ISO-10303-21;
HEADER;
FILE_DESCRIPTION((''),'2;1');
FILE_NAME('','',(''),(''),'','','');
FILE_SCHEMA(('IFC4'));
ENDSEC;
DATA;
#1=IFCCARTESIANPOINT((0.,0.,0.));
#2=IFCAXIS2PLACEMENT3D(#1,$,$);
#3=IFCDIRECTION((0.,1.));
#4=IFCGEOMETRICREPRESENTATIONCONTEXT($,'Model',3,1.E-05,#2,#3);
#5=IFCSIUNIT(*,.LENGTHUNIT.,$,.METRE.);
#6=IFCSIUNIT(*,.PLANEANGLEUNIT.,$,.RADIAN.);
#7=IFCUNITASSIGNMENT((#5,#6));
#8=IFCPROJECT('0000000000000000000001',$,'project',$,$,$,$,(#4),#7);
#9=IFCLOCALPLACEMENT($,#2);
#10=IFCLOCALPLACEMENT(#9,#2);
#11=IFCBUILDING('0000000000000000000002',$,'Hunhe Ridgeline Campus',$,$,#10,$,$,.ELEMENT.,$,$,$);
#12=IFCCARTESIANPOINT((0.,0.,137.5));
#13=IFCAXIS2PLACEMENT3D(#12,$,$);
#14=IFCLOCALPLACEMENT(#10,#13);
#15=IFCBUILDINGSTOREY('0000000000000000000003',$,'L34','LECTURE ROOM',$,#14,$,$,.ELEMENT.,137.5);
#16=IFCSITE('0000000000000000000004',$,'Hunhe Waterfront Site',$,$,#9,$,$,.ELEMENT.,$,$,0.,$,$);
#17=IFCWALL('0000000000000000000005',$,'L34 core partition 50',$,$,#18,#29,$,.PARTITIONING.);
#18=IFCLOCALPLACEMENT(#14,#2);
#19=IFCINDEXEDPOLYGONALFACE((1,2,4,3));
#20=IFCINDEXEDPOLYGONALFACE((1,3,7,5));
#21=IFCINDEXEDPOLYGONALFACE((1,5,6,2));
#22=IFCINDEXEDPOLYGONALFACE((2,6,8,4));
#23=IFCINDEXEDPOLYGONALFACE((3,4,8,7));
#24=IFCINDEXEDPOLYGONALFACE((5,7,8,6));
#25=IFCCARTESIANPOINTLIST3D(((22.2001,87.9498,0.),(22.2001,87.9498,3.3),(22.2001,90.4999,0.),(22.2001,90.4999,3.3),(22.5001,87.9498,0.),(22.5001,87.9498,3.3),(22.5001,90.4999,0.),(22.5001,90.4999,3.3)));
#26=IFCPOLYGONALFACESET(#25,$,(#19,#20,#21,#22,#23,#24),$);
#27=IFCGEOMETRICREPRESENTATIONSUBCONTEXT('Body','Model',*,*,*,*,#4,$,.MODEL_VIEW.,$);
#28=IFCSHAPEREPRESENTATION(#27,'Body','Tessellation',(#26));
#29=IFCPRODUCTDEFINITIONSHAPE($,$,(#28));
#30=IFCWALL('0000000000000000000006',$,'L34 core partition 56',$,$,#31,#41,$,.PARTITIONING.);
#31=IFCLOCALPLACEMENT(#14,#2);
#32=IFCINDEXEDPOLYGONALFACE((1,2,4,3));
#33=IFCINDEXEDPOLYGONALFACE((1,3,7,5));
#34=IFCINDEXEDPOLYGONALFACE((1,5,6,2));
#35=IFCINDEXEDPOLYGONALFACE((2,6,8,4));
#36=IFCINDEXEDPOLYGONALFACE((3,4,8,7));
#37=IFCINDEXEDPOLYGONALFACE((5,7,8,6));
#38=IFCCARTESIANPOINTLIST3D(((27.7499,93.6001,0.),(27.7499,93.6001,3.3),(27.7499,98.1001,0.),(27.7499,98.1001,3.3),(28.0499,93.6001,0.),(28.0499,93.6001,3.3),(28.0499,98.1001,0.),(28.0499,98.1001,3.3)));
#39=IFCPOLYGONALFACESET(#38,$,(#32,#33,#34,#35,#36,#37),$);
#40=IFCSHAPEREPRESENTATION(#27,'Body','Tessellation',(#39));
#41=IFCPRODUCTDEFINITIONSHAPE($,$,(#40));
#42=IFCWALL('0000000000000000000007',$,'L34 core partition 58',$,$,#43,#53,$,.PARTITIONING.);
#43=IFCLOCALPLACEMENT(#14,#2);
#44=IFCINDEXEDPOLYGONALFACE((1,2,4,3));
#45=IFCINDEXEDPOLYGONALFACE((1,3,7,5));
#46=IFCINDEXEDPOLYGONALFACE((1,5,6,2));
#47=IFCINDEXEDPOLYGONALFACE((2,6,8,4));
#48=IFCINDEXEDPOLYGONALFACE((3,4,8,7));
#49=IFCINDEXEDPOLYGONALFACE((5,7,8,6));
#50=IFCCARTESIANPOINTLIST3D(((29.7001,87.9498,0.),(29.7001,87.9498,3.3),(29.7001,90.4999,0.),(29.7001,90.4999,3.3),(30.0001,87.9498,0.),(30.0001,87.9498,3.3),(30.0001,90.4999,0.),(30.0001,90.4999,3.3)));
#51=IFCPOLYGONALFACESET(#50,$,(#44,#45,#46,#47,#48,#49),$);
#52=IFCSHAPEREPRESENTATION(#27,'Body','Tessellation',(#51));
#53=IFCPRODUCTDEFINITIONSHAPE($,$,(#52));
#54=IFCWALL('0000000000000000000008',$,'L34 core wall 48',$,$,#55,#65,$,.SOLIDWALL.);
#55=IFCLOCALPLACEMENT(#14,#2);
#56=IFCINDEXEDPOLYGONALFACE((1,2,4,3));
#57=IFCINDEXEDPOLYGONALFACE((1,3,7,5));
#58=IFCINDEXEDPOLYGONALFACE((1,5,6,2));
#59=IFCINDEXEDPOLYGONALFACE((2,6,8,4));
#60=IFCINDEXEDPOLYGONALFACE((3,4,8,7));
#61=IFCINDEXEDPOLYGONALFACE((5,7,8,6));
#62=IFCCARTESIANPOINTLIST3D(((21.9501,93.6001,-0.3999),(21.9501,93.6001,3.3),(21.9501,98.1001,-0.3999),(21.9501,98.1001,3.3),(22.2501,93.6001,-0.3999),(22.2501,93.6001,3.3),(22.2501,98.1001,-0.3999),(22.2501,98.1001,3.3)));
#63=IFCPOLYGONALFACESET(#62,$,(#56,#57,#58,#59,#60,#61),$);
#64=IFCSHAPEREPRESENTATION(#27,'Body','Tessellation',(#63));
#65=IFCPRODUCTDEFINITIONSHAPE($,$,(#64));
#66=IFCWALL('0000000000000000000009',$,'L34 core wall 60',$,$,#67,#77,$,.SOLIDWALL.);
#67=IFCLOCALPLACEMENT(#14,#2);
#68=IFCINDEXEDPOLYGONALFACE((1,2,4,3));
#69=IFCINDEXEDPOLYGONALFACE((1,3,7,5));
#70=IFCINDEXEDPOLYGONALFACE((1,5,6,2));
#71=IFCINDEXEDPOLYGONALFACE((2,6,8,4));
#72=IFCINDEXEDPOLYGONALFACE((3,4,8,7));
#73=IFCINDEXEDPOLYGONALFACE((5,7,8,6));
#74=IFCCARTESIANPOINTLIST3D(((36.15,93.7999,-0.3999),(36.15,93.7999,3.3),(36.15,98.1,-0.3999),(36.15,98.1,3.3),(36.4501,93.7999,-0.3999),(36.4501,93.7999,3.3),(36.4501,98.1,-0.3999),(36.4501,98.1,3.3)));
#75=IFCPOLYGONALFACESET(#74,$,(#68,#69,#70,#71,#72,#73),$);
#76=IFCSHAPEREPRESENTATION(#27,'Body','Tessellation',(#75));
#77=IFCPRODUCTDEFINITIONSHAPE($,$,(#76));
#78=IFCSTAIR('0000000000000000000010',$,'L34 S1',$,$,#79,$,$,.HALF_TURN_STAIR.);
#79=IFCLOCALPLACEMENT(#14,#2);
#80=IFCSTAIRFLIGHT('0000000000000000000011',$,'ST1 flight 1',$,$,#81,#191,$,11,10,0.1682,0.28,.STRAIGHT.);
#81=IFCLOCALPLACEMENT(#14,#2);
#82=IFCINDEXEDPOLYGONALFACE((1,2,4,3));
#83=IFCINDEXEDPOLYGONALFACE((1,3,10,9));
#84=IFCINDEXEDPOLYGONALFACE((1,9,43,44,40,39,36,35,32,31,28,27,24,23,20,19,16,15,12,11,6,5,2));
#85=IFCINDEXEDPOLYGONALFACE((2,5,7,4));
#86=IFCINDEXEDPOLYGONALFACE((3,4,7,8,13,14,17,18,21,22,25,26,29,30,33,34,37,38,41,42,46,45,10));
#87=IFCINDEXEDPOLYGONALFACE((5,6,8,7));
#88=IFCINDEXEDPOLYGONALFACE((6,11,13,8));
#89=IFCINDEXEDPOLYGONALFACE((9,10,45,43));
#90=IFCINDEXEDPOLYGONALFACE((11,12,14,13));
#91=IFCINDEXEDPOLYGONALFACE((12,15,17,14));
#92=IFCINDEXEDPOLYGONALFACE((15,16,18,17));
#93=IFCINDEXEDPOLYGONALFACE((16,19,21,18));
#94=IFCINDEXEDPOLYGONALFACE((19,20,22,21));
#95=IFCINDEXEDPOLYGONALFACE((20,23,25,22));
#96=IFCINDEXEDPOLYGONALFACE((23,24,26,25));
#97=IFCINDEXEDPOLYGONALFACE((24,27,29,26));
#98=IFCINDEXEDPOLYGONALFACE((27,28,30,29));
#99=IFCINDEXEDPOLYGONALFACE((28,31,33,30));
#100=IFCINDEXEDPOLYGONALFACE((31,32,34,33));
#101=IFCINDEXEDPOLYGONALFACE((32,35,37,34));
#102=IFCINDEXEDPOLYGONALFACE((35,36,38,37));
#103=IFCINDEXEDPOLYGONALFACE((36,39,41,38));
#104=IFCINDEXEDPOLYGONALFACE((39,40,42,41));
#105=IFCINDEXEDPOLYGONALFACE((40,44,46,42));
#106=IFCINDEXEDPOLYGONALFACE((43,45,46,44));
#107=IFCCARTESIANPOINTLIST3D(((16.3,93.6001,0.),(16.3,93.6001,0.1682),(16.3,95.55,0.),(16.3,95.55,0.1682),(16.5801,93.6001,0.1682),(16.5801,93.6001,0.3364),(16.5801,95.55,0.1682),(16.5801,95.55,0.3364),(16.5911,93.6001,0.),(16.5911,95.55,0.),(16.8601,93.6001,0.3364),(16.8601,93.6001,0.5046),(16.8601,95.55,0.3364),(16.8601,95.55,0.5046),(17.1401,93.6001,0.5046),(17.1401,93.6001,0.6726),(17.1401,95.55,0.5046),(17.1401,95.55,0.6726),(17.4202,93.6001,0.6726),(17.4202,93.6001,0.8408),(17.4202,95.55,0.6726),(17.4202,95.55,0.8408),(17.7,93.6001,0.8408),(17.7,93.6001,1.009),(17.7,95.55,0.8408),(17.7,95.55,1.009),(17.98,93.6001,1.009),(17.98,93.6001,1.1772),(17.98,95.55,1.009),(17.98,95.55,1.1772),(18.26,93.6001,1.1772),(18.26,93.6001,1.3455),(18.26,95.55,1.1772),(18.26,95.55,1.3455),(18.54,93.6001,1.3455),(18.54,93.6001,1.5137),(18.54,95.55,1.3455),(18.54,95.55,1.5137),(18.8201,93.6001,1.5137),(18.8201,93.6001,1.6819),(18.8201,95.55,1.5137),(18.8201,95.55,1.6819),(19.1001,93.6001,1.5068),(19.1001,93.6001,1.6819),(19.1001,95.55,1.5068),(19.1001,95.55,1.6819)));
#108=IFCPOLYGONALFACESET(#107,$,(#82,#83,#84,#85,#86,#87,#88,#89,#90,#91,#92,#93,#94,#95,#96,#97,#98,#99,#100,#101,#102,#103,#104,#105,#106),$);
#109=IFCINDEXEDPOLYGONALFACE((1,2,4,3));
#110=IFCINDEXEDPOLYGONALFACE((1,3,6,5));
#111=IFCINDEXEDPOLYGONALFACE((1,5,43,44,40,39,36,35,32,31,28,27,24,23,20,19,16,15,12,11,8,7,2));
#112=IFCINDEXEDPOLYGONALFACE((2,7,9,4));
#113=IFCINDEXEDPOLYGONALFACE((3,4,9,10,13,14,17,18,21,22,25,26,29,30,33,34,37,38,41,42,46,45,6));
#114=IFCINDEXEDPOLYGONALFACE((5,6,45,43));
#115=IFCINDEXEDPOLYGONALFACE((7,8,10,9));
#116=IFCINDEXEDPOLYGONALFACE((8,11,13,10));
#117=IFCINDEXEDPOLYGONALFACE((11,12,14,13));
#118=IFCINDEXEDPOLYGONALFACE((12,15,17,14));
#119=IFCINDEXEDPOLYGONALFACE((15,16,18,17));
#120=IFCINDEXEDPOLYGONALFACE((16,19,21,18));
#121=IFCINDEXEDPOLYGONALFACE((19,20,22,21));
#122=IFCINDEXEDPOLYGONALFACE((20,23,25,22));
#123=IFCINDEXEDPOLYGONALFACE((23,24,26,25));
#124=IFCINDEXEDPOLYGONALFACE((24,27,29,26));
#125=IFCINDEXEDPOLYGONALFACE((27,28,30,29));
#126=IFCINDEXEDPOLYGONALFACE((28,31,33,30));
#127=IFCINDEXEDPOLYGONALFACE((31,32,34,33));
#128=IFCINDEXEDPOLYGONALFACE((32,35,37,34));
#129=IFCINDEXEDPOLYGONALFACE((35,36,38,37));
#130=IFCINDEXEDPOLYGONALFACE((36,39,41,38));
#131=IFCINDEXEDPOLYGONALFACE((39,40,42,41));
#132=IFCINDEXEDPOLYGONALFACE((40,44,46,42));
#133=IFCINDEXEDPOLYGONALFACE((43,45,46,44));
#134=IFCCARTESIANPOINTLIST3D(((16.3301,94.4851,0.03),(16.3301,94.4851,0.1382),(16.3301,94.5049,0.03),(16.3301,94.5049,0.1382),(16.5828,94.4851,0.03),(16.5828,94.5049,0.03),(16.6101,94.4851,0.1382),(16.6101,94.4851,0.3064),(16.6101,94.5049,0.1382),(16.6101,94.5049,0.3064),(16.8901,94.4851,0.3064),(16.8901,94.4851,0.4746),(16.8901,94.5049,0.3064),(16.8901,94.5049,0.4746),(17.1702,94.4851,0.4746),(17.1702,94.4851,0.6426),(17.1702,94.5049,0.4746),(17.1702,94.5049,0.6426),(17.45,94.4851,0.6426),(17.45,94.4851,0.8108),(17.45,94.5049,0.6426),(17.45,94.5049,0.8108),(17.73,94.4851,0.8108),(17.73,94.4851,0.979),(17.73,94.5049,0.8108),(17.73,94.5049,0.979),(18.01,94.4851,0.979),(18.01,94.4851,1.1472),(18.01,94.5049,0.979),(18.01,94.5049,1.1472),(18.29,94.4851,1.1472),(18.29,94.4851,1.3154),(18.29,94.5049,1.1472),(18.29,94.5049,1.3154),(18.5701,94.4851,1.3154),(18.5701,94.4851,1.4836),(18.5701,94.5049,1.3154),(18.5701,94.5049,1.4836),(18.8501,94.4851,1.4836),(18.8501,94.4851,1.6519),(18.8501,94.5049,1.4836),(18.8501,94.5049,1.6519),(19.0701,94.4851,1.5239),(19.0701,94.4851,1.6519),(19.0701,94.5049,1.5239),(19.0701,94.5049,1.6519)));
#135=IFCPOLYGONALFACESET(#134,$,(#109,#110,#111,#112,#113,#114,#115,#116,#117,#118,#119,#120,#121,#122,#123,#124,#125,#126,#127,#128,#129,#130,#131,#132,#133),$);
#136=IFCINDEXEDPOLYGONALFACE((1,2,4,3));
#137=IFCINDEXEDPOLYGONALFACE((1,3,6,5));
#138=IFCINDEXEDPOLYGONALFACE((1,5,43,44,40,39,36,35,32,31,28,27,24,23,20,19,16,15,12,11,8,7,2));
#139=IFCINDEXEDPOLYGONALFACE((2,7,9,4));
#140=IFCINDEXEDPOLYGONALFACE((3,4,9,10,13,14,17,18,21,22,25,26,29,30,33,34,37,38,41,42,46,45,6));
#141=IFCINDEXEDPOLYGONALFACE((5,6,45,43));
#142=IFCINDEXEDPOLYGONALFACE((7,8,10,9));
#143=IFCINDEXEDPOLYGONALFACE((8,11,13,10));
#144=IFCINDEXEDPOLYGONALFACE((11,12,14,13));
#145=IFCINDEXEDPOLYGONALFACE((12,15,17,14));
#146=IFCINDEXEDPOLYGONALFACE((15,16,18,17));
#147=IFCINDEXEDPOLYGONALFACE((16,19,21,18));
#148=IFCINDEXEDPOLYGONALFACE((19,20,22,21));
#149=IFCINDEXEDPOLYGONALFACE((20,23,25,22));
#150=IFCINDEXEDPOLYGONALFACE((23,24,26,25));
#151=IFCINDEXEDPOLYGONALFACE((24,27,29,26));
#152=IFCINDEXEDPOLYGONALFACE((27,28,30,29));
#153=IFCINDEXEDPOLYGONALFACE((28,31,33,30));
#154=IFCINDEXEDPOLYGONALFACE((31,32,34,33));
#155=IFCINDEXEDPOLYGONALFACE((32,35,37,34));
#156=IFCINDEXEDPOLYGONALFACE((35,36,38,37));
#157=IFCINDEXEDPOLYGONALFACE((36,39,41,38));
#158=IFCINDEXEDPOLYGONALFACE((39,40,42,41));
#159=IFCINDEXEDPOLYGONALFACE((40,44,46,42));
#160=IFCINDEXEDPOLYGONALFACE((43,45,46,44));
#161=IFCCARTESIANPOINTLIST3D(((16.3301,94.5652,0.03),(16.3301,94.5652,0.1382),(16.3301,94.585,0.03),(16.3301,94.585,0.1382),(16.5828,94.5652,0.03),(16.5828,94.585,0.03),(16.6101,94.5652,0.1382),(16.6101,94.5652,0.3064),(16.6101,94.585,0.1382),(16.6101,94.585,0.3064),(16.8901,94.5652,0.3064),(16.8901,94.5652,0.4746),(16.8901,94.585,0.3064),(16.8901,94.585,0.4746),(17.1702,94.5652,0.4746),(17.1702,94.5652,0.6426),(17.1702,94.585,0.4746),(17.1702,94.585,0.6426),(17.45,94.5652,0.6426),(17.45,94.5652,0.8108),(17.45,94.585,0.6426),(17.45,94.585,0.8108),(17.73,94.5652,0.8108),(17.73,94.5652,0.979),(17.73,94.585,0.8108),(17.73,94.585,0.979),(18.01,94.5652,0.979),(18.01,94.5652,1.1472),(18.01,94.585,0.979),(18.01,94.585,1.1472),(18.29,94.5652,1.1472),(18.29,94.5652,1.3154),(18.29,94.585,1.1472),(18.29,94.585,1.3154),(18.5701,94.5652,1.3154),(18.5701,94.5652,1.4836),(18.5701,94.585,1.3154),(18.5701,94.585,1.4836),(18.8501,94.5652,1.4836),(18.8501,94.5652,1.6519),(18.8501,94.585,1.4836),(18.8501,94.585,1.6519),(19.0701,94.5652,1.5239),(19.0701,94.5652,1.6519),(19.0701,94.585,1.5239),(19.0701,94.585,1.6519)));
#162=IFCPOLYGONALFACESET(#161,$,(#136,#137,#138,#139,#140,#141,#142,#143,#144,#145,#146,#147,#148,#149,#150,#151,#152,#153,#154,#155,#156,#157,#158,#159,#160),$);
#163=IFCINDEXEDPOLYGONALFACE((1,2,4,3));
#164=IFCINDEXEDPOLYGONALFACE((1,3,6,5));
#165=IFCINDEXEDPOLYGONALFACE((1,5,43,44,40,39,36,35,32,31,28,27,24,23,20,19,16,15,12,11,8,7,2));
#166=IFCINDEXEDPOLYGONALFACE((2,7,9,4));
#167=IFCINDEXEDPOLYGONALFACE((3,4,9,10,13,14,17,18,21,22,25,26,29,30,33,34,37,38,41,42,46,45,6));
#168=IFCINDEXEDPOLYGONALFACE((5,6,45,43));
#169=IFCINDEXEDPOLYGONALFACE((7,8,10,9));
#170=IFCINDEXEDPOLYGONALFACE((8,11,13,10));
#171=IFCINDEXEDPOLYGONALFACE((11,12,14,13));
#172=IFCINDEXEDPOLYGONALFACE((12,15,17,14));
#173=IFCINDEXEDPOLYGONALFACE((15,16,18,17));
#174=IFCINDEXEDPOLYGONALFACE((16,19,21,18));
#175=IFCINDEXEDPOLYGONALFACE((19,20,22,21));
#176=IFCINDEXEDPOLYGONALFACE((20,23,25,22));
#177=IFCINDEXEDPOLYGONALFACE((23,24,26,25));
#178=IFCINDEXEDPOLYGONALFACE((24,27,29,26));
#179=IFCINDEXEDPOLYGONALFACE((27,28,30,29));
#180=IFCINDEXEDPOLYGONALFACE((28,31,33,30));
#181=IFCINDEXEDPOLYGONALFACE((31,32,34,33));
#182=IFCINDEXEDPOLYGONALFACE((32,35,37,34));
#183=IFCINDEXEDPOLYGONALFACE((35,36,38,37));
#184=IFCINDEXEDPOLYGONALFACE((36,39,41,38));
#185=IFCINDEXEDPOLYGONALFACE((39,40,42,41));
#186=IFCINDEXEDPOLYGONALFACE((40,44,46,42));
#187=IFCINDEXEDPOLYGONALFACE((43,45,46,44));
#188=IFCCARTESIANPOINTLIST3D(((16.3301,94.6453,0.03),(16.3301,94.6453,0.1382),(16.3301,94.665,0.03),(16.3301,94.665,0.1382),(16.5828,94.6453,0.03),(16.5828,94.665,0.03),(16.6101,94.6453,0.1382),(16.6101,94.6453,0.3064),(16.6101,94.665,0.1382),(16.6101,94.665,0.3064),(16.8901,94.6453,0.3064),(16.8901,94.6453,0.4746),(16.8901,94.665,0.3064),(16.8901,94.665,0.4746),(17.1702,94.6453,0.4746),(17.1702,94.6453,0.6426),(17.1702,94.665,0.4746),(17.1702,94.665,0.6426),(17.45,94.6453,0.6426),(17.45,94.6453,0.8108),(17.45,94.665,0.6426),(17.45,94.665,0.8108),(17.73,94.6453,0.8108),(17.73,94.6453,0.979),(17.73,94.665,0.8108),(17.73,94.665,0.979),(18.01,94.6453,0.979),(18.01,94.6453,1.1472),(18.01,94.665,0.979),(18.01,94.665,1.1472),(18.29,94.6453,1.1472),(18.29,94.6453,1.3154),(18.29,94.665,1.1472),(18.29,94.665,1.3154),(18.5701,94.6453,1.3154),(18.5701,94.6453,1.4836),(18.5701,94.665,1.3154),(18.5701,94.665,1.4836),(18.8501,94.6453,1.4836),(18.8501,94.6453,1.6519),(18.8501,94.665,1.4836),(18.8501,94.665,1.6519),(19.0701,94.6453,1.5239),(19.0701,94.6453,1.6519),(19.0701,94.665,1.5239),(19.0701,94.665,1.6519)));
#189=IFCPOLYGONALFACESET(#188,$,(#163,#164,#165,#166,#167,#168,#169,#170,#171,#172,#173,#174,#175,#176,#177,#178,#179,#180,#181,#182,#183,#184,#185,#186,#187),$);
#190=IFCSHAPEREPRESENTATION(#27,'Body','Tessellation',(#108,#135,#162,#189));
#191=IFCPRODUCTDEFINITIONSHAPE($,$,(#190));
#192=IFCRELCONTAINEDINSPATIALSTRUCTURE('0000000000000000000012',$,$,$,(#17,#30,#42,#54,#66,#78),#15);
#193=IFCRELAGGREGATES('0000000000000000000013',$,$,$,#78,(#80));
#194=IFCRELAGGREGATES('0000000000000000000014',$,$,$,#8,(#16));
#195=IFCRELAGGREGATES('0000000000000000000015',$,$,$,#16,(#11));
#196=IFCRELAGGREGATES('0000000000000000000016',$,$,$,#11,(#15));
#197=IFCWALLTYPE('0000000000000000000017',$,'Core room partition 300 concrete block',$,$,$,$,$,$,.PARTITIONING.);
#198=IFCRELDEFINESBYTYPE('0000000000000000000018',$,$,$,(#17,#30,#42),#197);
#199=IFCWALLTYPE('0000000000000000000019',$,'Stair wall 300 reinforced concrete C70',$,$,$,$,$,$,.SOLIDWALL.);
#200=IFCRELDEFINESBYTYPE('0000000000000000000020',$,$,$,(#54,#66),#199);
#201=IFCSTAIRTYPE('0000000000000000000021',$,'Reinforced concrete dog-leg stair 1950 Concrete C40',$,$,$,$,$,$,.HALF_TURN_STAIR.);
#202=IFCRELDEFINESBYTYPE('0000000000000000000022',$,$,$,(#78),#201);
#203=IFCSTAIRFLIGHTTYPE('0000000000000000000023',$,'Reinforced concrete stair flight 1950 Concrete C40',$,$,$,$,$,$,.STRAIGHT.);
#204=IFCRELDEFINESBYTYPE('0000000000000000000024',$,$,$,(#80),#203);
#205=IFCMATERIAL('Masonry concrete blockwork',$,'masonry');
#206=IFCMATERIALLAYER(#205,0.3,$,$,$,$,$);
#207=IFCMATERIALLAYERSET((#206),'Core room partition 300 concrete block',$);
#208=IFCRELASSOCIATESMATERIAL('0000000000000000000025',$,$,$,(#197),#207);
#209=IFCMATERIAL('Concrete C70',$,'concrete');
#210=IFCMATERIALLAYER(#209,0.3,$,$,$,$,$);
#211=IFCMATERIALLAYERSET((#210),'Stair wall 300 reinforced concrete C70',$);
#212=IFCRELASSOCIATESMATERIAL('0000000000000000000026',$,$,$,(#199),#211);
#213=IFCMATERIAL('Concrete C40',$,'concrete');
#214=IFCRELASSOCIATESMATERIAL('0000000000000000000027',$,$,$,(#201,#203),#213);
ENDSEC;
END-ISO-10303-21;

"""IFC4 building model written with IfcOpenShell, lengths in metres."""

from ifc_helpers import new_model, si_unit, direction, frame, frame_2d, origin, place, context, subcontext, project, spatial, polyline, rectangle, outline, extrude, material, layer, layer_set, type_object, element, aggregate, save


model = new_model("IFC4")

# Units and contexts
model_context = context("Model", 3, precision=1e-05, world=origin(), true_north=direction((0.0, 1.0)))
body_context = subcontext(model_context, "Body", "Model", "MODEL_VIEW")
ifc_project = project(units=[si_unit("LENGTHUNIT", "METRE"), si_unit("PLANEANGLEUNIT", "RADIAN")], contexts=[model_context])

# Site, building, storey
site_placement = place(None, origin())
site = spatial("IfcSite", under=ifc_project, at=site_placement, Name="Hunhe Waterfront Site", CompositionType="ELEMENT", RefElevation=0.0)
building_placement = place(site_placement, origin())
building = spatial("IfcBuilding", under=site, at=building_placement, Name="Hunhe Ridgeline Campus", CompositionType="ELEMENT")
storey_placement = place(building_placement, frame((0.0, 0.0, 137.5)))
storey = spatial("IfcBuildingStorey", under=building, at=storey_placement, Name="L34", Description="LECTURE ROOM", CompositionType="ELEMENT", Elevation=137.5)

# Walls
ifc_material_1 = material(Name="Masonry concrete blockwork", Category="masonry")
ifc_layer_1 = layer(ifc_material_1, 0.3)
ifc_layer_set_1 = layer_set([ifc_layer_1], Name="Core room partition 300 concrete block")
wall_type_1 = type_object("IfcWallType", Name="Core room partition 300 concrete block", PredefinedType="PARTITIONING", material=ifc_layer_set_1)
wall_1_placement = place(storey_placement, frame((22.3501, 87.95, 0.0), z_axis=(0.0, 0.0, 1.0), x_axis=(0.0, 1.0, 0.0)))
element("IfcWall", 1, at=wall_1_placement, inside=storey, type_object=wall_type_1, Name="L34 core partition 50", PredefinedType="PARTITIONING", context=body_context, shape_type="SweptSolid", body=[
    extrude(rectangle(XDim=2.55, YDim=0.3, at=frame_2d((1.2749, 0.0))), origin(), (0.0, 0.0, 1.0), 3.3),
])
wall_2_placement = place(storey_placement, frame((27.8999, 93.6001, 0.0), z_axis=(0.0, 0.0, 1.0), x_axis=(0.0, 1.0, 0.0)))
element("IfcWall", 2, at=wall_2_placement, inside=storey, type_object=wall_type_1, Name="L34 core partition 56", PredefinedType="PARTITIONING", context=body_context, shape_type="SweptSolid", body=[
    extrude(rectangle(XDim=4.5, YDim=0.3, at=frame_2d((2.25, 0.0))), origin(), (0.0, 0.0, 1.0), 3.3),
])
wall_3_placement = place(storey_placement, frame((29.8501, 87.95, 0.0), z_axis=(0.0, 0.0, 1.0), x_axis=(0.0, 1.0, 0.0)))
element("IfcWall", 3, at=wall_3_placement, inside=storey, type_object=wall_type_1, Name="L34 core partition 58", PredefinedType="PARTITIONING", context=body_context, shape_type="SweptSolid", body=[
    extrude(rectangle(XDim=2.55, YDim=0.3, at=frame_2d((1.2749, 0.0))), origin(), (0.0, 0.0, 1.0), 3.3),
])

# Shared definitions
ifc_material_2 = material(Name="Concrete C70", Category="concrete")
ifc_layer_2 = layer(ifc_material_2, 0.3)
ifc_layer_set_2 = layer_set([ifc_layer_2], Name="Stair wall 300 reinforced concrete C70")
wall_type_2 = type_object("IfcWallType", Name="Stair wall 300 reinforced concrete C70", PredefinedType="SOLIDWALL", material=ifc_layer_set_2)

# Walls
wall_4_placement = place(storey_placement, frame((22.1001, 93.6001, -0.3999), z_axis=(0.0, 0.0, 1.0), x_axis=(0.0, 1.0, 0.0)))
element("IfcWall", 4, at=wall_4_placement, inside=storey, type_object=wall_type_2, Name="L34 core wall 48", PredefinedType="SOLIDWALL", context=body_context, shape_type="SweptSolid", body=[
    extrude(rectangle(XDim=4.5, YDim=0.3, at=frame_2d((2.25, 0.0))), origin(), (0.0, 0.0, 1.0), 3.7),
])
wall_5_placement = place(storey_placement, frame((36.3, 93.8, -0.3999), z_axis=(0.0, 0.0, 1.0), x_axis=(0.0, 1.0, 0.0)))
element("IfcWall", 5, at=wall_5_placement, inside=storey, type_object=wall_type_2, Name="L34 core wall 60", PredefinedType="SOLIDWALL", context=body_context, shape_type="SweptSolid", body=[
    extrude(rectangle(XDim=4.3, YDim=0.3, at=frame_2d((2.1499, 0.0))), origin(), (0.0, 0.0, 1.0), 3.7),
])

# Stair, stair flight
ifc_material_3 = material(Name="Concrete C40", Category="concrete")
stair_type = type_object("IfcStairType", Name="Reinforced concrete dog-leg stair 1950 Concrete C40", PredefinedType="HALF_TURN_STAIR", material=ifc_material_3)
stair_1_placement = place(storey_placement, origin())
stair_1 = element("IfcStair", 6, at=stair_1_placement, inside=storey, type_object=stair_type, Name="L34 S1", PredefinedType="HALF_TURN_STAIR")
stair_flight_type = type_object("IfcStairFlightType", Name="Reinforced concrete stair flight 1950 Concrete C40", PredefinedType="STRAIGHT", material=ifc_material_3)
stair_flight_1_placement = place(storey_placement, frame((16.3, 94.575, 0.0), z_axis=(0.0, 0.0, 1.0), x_axis=(1.0, 0.0, 0.0)))
stair_flight_1 = element("IfcStairFlight", 7, at=stair_flight_1_placement, type_object=stair_flight_type, Name="ST1 flight 1", NumberOfRisers=11, NumberOfTreads=10, PredefinedType="STRAIGHT", RiserHeight=0.1682, TreadLength=0.28, context=body_context, shape_type="SweptSolid", body=[
    extrude(outline(polyline([(0.0, 0.0), (0.0, 0.1682), (0.28, 0.1682), (0.28, 0.3364), (0.5601, 0.3364), (0.5601, 0.5046), (0.8401, 0.5046), (0.8401, 0.6726), (1.1201, 0.6726), (1.1201, 0.8408), (1.3999, 0.8408), (1.3999, 1.009), (1.6799, 1.009), (1.6799, 1.1772), (1.96, 1.1772), (1.96, 1.3455), (2.24, 1.3455), (2.24, 1.5137), (2.52, 1.5137), (2.52, 1.6819), (2.8, 1.6819), (2.8, 1.8501), (2.8, 1.5068), (0.291, 0.0), (0.0, 0.0)])), frame((0.0, 0.9751, 0.0), z_axis=(0.0, -1.0, 0.0), x_axis=(1.0, 0.0, 0.0)), (0.0, 0.0, 1.0), 1.95),
    extrude(outline(polyline([(0.03, 0.03), (0.03, 0.1382), (0.3101, 0.1382), (0.3101, 0.3064), (0.5901, 0.3064), (0.5901, 0.4746), (0.8701, 0.4746), (0.8701, 0.6426), (1.1499, 0.6426), (1.1499, 0.8108), (1.4299, 0.8108), (1.4299, 0.979), (1.71, 0.979), (1.71, 1.1472), (1.99, 1.1472), (1.99, 1.3154), (2.27, 1.3154), (2.27, 1.4836), (2.55, 1.4836), (2.55, 1.6519), (2.77, 1.6519), (2.77, 1.5239), (0.2827, 0.03), (0.03, 0.03)])), frame((0.0, -0.0701, 0.0), z_axis=(0.0, -1.0, 0.0), x_axis=(1.0, 0.0, 0.0)), (0.0, 0.0, 1.0), 0.0198),
    extrude(outline(polyline([(0.03, 0.03), (0.03, 0.1382), (0.3101, 0.1382), (0.3101, 0.3064), (0.5901, 0.3064), (0.5901, 0.4746), (0.8701, 0.4746), (0.8701, 0.6426), (1.1499, 0.6426), (1.1499, 0.8108), (1.4299, 0.8108), (1.4299, 0.979), (1.71, 0.979), (1.71, 1.1472), (1.99, 1.1472), (1.99, 1.3154), (2.27, 1.3154), (2.27, 1.4836), (2.55, 1.4836), (2.55, 1.6519), (2.77, 1.6519), (2.77, 1.5239), (0.2827, 0.03), (0.03, 0.03)])), frame((0.0, 0.01, 0.0), z_axis=(0.0, -1.0, 0.0), x_axis=(1.0, 0.0, 0.0)), (0.0, 0.0, 1.0), 0.0198),
    extrude(outline(polyline([(0.03, 0.03), (0.03, 0.1382), (0.3101, 0.1382), (0.3101, 0.3064), (0.5901, 0.3064), (0.5901, 0.4746), (0.8701, 0.4746), (0.8701, 0.6426), (1.1499, 0.6426), (1.1499, 0.8108), (1.4299, 0.8108), (1.4299, 0.979), (1.71, 0.979), (1.71, 1.1472), (1.99, 1.1472), (1.99, 1.3154), (2.27, 1.3154), (2.27, 1.4836), (2.55, 1.4836), (2.55, 1.6519), (2.77, 1.6519), (2.77, 1.5239), (0.2827, 0.03), (0.03, 0.03)])), frame((0.0, 0.0901, 0.0), z_axis=(0.0, -1.0, 0.0), x_axis=(1.0, 0.0, 0.0)), (0.0, 0.0, 1.0), 0.0198),
])
aggregate(stair_1, [stair_flight_1])

save(model, "model.ifc")
